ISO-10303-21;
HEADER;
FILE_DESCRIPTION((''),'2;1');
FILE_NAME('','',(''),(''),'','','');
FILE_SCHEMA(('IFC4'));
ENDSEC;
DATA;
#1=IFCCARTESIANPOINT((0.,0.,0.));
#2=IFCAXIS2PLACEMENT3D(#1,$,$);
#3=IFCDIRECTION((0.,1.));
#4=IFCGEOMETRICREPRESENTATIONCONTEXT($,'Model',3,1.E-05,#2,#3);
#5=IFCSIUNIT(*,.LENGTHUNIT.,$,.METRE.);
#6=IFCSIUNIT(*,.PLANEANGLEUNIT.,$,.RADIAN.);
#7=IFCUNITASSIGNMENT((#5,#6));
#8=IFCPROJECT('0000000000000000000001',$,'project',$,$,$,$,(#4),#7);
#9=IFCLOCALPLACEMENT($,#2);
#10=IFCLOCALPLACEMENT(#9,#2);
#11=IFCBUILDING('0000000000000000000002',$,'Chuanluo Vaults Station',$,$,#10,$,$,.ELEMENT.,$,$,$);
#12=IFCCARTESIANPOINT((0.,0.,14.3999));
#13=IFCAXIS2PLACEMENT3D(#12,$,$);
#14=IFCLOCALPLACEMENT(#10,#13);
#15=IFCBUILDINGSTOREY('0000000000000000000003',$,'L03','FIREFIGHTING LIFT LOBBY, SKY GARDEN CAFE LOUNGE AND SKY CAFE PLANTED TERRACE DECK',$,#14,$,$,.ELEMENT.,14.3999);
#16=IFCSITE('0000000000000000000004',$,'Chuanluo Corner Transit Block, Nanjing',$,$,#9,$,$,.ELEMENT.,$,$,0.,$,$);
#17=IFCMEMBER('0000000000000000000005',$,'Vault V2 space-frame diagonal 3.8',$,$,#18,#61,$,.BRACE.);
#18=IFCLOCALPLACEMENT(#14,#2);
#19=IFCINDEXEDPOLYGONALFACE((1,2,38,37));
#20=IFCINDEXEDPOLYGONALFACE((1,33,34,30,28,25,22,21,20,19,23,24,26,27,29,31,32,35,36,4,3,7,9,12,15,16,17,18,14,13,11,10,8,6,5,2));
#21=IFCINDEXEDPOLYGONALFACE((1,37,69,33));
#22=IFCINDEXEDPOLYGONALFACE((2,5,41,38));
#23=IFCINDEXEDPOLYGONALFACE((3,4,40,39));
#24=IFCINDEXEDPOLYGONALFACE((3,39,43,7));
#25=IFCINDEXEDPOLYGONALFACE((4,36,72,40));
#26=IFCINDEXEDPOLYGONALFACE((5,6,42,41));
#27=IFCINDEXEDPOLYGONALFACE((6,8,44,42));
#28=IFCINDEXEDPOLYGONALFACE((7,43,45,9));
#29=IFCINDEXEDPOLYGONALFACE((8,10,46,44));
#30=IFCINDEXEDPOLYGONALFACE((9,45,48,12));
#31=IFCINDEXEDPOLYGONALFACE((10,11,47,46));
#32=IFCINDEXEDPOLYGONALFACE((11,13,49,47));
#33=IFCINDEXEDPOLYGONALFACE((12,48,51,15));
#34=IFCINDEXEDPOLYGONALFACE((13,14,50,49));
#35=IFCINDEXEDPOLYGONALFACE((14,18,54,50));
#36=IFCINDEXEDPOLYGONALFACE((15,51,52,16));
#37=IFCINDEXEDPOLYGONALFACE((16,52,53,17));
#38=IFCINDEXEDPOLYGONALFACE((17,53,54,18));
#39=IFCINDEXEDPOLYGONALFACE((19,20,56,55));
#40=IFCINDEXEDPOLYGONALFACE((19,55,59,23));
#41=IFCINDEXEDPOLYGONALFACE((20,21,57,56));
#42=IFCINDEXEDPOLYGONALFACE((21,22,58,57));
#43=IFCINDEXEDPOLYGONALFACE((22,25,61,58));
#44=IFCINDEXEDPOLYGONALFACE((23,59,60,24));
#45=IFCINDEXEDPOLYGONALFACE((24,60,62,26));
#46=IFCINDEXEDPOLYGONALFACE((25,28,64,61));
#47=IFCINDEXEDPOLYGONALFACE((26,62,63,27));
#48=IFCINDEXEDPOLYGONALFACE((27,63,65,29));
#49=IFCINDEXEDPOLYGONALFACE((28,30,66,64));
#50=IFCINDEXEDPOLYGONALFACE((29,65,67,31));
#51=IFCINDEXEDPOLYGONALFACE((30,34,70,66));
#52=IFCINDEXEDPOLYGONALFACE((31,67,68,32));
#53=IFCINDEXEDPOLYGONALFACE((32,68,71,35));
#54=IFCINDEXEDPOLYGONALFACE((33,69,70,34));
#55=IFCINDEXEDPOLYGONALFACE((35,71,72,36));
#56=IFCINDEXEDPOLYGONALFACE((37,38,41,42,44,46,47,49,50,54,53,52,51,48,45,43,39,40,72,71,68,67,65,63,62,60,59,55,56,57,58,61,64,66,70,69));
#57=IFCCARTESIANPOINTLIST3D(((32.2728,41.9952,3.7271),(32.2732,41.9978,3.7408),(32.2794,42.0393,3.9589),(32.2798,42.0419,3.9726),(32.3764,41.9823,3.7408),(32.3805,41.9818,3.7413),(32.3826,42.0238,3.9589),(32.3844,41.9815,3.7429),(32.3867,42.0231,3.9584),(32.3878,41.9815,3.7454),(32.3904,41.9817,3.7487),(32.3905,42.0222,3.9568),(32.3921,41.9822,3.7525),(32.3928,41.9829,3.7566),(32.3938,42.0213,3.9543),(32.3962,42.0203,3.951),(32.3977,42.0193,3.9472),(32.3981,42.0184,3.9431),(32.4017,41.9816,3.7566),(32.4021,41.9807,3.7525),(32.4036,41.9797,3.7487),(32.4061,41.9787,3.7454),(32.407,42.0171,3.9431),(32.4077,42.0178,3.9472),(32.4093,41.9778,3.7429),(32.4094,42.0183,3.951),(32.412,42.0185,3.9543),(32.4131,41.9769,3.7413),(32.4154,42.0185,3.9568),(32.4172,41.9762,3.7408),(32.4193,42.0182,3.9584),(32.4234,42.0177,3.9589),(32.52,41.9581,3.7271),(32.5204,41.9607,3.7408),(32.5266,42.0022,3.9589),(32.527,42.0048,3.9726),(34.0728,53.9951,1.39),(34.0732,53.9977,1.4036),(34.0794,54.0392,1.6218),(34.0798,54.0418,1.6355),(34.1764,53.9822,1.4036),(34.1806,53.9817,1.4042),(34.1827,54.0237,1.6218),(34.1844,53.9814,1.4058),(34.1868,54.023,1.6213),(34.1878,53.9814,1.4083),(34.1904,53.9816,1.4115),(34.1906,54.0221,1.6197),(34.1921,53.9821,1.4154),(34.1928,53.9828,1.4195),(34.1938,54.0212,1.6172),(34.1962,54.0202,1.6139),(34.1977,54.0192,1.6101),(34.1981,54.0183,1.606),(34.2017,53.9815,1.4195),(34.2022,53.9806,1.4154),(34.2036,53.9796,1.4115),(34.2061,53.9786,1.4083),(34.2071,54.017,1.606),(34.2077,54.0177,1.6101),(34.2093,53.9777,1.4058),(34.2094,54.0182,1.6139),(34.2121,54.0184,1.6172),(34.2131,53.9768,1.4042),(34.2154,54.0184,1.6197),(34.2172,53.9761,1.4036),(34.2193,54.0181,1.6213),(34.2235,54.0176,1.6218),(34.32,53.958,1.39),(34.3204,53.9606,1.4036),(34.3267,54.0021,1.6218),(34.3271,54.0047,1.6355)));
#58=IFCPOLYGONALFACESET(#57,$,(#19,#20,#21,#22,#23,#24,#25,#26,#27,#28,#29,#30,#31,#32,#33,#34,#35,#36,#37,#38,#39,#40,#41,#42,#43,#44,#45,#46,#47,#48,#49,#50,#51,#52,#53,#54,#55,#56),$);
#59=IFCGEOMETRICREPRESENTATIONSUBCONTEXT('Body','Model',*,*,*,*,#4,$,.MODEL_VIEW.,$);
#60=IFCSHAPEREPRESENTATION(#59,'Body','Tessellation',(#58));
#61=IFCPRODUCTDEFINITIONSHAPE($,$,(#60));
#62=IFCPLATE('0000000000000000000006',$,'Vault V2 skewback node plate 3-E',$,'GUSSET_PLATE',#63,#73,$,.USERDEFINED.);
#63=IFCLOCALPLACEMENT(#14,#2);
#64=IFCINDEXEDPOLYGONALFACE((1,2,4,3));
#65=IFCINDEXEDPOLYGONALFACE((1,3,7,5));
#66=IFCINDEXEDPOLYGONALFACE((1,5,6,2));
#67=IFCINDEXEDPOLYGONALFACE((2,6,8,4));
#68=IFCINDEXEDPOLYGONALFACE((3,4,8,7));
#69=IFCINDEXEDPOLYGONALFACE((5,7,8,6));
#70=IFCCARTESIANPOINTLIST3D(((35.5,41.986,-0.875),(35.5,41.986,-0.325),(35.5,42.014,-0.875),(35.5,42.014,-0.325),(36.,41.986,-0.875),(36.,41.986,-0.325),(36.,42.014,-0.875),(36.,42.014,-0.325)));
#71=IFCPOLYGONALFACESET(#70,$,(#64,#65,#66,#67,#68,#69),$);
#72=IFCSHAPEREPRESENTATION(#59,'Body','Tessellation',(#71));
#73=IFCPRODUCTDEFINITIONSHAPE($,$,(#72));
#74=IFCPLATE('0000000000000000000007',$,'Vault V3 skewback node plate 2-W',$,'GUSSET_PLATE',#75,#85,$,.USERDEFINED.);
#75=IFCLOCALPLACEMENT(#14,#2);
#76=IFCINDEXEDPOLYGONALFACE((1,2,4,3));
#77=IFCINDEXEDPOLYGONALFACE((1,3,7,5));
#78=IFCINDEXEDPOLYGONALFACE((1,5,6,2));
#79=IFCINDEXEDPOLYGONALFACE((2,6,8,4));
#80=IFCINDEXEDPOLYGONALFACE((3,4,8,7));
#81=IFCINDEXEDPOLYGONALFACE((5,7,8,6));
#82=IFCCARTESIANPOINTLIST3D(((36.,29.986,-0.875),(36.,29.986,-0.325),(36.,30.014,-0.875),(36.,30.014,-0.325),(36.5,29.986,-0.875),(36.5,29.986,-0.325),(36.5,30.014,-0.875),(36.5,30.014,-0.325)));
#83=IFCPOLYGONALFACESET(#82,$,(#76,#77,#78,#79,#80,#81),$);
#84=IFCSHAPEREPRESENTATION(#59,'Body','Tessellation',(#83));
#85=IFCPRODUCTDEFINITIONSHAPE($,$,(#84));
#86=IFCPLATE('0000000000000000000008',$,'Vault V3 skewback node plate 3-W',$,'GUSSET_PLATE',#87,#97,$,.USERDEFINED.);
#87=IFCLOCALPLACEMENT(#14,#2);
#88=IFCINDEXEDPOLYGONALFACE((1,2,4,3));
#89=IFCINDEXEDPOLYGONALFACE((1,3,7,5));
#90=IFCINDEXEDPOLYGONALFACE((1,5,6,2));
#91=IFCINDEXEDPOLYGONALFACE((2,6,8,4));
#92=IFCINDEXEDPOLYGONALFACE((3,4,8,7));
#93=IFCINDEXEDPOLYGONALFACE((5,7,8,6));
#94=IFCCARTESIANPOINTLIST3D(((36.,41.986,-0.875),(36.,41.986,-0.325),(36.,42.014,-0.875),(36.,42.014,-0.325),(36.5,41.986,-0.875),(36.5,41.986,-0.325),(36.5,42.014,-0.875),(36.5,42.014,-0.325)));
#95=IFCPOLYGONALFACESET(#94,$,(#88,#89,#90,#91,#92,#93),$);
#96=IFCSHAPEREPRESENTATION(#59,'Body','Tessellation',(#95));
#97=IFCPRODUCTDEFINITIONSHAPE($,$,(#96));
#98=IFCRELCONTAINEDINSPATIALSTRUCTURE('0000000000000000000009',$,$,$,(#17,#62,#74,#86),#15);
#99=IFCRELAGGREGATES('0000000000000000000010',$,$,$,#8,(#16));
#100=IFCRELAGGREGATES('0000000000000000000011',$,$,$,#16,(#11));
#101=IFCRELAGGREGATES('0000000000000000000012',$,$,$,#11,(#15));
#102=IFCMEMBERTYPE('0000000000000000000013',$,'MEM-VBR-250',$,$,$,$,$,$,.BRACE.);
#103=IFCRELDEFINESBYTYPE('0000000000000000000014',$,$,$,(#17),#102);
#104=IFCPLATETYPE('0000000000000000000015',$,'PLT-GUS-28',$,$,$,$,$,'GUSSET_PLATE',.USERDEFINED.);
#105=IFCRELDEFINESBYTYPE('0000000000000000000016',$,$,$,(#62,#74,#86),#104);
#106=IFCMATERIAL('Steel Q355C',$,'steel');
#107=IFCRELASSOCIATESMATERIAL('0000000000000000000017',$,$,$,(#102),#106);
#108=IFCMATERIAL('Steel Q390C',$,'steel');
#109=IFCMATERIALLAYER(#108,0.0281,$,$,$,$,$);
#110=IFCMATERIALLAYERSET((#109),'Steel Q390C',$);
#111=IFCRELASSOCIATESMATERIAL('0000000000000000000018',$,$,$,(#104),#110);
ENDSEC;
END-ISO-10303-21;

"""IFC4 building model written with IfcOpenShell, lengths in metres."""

from ifc_helpers import new_model, si_unit, direction, frame, origin, origin_2d, place, context, subcontext, project, spatial, rectangle, i_section, extrude, material, layer, layer_set, material_profile, profile_set, type_object, element, save


model = new_model("IFC4")

# Units and contexts
model_context = context("Model", 3, precision=1e-05, world=origin(), true_north=direction((0.0, 1.0)))
body_context = subcontext(model_context, "Body", "Model", "MODEL_VIEW")
ifc_project = project(units=[si_unit("LENGTHUNIT", "METRE"), si_unit("PLANEANGLEUNIT", "RADIAN")], contexts=[model_context])

# Site, building, storey
site_placement = place(None, origin())
site = spatial("IfcSite", under=ifc_project, at=site_placement, Name="Chuanluo Corner Transit Block, Nanjing", CompositionType="ELEMENT", RefElevation=0.0)
building_placement = place(site_placement, origin())
building = spatial("IfcBuilding", under=site, at=building_placement, Name="Chuanluo Vaults Station", CompositionType="ELEMENT")
storey_placement = place(building_placement, frame((0.0, 0.0, 14.3999)))
storey = spatial("IfcBuildingStorey", under=building, at=storey_placement, Name="L03", Description="FIREFIGHTING LIFT LOBBY, SKY GARDEN CAFE LOUNGE AND SKY CAFE PLANTED TERRACE DECK", CompositionType="ELEMENT", Elevation=14.3999)

# Member
ifc_material_1 = material(Name="Steel Q355C", Category="steel")
ifc_material_profile_1 = material_profile(ifc_material_1, i_section(OverallWidth=0.25, OverallDepth=0.25, WebThickness=0.009, FlangeThickness=0.0139, FilletRadius=0.0161, at=origin_2d()))
ifc_profile_set_1 = profile_set([ifc_material_profile_1], Name="Steel Q355C")
member_type_1 = type_object("IfcMemberType", Name="MEM-VBR-250", PredefinedType="BRACE", material=ifc_profile_set_1)
member_1_placement = place(storey_placement, frame((32.3999, 42.0, 3.8499), z_axis=(0.145667, 0.971087, -0.189132), x_axis=(-0.988936, 0.148344, 0.0)))
element("IfcMember", 1, at=member_1_placement, inside=storey, type_object=member_type_1, Name="Vault V2 space-frame diagonal 3.8", PredefinedType="BRACE", context=body_context, shape_type="SweptSolid", body=[
    extrude(i_section(OverallWidth=0.25, OverallDepth=0.25, WebThickness=0.009, FlangeThickness=0.0139, FilletRadius=0.0161, at=origin_2d()), origin(), (0.0, 0.0, 1.0), 12.3572),
])

# Plates
ifc_material_2 = material(Name="Steel Q390C", Category="steel")
ifc_layer = layer(ifc_material_2, 0.0281)
ifc_layer_set = layer_set([ifc_layer], Name="Steel Q390C")
plate_type = type_object("IfcPlateType", Name="PLT-GUS-28", ElementType="GUSSET_PLATE", PredefinedType="USERDEFINED", material=ifc_layer_set)
for number, where, z_axis, x_axis, name in (
    (2, (35.75, 42.0, -0.875), (0.0, 0.0, 1.0), (1.0, 0.0, 0.0), "Vault V2 skewback node plate 3-E"),
    (3, (36.25, 30.0, -0.875), (0.0, 0.0, 1.0), (1.0, 0.0, 0.0), "Vault V3 skewback node plate 2-W"),
    (4, (36.25, 42.0, -0.875), (0.0, 0.0, 1.0), (1.0, 0.0, 0.0), "Vault V3 skewback node plate 3-W"),
):
    element("IfcPlate", number, at=place(storey_placement, frame(where, z_axis=z_axis, x_axis=x_axis)), inside=storey, type_object=plate_type, Name=name, ObjectType="GUSSET_PLATE", PredefinedType="USERDEFINED", context=body_context, shape_type="SweptSolid", body=[
        extrude(rectangle(XDim=0.5, YDim=0.0281, at=origin_2d()), origin(), (0.0, 0.0, 1.0), 0.55),
    ])

save(model, "model.ifc")
